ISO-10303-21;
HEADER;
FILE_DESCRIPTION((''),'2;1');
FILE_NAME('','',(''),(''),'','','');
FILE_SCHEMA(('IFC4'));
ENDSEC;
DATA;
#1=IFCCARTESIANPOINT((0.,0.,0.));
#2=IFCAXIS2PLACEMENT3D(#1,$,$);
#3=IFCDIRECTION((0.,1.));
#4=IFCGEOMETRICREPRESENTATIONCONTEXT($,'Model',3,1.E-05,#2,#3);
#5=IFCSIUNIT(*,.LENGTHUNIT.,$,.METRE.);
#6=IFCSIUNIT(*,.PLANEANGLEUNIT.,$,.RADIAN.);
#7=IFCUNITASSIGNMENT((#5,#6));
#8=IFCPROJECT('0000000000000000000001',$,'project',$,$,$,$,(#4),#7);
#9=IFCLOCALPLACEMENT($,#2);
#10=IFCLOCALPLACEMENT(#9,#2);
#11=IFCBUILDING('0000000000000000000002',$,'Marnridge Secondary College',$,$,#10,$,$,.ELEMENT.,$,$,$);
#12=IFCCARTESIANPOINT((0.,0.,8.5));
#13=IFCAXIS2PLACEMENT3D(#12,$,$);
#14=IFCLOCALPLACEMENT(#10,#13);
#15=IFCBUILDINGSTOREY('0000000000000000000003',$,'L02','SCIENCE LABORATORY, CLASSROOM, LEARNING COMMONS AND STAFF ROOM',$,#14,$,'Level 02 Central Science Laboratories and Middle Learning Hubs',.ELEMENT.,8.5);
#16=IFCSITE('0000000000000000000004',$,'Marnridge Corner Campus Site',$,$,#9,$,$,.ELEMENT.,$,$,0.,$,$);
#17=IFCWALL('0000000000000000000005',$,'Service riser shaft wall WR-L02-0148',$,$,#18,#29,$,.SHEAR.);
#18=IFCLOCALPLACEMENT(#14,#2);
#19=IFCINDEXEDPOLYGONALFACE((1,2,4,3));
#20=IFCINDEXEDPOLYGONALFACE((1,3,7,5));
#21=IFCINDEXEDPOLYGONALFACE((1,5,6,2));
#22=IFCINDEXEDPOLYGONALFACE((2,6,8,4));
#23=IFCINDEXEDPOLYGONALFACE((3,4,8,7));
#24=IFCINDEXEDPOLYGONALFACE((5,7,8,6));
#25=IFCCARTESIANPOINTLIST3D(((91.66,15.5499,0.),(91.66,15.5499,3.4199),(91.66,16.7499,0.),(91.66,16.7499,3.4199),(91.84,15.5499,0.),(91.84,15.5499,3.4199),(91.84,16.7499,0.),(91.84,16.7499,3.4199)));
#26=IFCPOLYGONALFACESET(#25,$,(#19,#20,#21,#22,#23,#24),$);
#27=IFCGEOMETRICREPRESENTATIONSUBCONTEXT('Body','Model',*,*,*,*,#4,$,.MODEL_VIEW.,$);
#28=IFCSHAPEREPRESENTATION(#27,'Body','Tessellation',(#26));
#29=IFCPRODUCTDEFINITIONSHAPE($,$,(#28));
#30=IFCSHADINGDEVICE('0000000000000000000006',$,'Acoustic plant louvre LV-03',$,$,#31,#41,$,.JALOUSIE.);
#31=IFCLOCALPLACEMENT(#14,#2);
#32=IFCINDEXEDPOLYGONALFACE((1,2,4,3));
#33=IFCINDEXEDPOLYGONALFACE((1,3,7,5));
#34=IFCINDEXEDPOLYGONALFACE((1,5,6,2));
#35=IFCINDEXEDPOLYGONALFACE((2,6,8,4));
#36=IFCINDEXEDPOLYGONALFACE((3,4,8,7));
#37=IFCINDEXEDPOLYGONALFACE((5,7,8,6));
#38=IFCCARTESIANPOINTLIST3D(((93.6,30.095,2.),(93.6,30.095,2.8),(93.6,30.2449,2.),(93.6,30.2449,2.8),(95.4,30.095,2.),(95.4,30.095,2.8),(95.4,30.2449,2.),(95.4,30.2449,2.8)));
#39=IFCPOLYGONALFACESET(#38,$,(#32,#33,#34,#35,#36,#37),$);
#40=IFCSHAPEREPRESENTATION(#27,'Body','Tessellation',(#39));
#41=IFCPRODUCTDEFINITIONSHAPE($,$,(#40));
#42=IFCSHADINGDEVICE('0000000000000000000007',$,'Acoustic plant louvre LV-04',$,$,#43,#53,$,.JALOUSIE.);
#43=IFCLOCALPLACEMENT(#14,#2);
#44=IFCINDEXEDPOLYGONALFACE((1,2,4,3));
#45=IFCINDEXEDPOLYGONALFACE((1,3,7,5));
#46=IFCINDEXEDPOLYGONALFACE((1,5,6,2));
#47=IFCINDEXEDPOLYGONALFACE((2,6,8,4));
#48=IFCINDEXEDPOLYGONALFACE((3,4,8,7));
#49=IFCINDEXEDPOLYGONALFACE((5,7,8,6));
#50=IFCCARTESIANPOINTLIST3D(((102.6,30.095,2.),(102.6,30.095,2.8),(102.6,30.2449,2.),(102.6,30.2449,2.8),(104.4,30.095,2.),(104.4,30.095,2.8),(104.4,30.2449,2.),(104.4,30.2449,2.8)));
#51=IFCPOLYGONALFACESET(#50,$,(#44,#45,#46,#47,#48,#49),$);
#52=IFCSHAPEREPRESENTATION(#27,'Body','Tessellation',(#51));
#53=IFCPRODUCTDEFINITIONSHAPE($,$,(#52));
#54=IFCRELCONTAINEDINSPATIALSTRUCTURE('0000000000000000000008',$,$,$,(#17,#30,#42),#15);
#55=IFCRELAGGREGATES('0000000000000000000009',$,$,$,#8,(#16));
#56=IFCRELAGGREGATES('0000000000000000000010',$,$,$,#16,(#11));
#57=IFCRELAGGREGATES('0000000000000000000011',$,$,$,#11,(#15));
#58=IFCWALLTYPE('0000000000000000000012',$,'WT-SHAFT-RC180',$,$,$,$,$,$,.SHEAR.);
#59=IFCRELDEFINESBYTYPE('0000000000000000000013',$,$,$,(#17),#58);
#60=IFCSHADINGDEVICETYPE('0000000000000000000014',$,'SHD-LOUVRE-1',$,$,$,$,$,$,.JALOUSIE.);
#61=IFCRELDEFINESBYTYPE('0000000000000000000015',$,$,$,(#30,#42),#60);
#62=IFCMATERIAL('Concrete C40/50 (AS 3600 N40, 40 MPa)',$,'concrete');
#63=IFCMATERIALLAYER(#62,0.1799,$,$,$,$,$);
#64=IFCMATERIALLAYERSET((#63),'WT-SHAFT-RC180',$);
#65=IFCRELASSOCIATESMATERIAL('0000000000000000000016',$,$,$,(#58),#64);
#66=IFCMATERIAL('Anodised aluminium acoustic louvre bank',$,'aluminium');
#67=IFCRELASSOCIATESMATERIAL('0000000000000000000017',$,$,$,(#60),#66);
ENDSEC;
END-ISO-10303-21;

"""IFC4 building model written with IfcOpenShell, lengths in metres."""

from ifc_helpers import new_model, si_unit, direction, frame, frame_2d, origin, origin_2d, place, context, subcontext, project, spatial, rectangle, extrude, material, layer, layer_set, type_object, element, save


model = new_model("IFC4")

# Units and contexts
model_context = context("Model", 3, precision=1e-05, world=origin(), true_north=direction((0.0, 1.0)))
body_context = subcontext(model_context, "Body", "Model", "MODEL_VIEW")
ifc_project = project(units=[si_unit("LENGTHUNIT", "METRE"), si_unit("PLANEANGLEUNIT", "RADIAN")], contexts=[model_context])

# Site, building, storey
site_placement = place(None, origin())
site = spatial("IfcSite", under=ifc_project, at=site_placement, Name="Marnridge Corner Campus Site", CompositionType="ELEMENT", RefElevation=0.0)
building_placement = place(site_placement, origin())
building = spatial("IfcBuilding", under=site, at=building_placement, Name="Marnridge Secondary College", CompositionType="ELEMENT")
storey_placement = place(building_placement, frame((0.0, 0.0, 8.5)))
storey = spatial("IfcBuildingStorey", under=building, at=storey_placement, Name="L02", Description="SCIENCE LABORATORY, CLASSROOM, LEARNING COMMONS AND STAFF ROOM", LongName="Level 02 Central Science Laboratories and Middle Learning Hubs", CompositionType="ELEMENT", Elevation=8.5)

# Wall
ifc_material_1 = material(Name="Concrete C40/50 (AS 3600 N40, 40 MPa)", Category="concrete")
ifc_layer_1 = layer(ifc_material_1, 0.1799)
ifc_layer_set_1 = layer_set([ifc_layer_1], Name="WT-SHAFT-RC180")
wall_type_1 = type_object("IfcWallType", Name="WT-SHAFT-RC180", PredefinedType="SHEAR", material=ifc_layer_set_1)
for number, where, z_axis, x_axis, name in (
    (1, (91.75, 16.75, 0.0), (0.0, 0.0, 1.0), (0.0, -1.0, 0.0), "Service riser shaft wall WR-L02-0148"),
):
    element("IfcWall", number, at=place(storey_placement, frame(where, z_axis=z_axis, x_axis=x_axis)), inside=storey, type_object=wall_type_1, Name=name, PredefinedType="SHEAR", context=body_context, shape_type="SweptSolid", body=[
        extrude(rectangle(XDim=1.2, YDim=0.1799, at=frame_2d((0.6001, 0.0))), origin(), (0.0, 0.0, 1.0), 3.4199),
    ])

# Shading devices
ifc_material_2 = material(Name="Anodised aluminium acoustic louvre bank", Category="aluminium")
shading_device_type = type_object("IfcShadingDeviceType", Name="SHD-LOUVRE-1", PredefinedType="JALOUSIE", material=ifc_material_2)
for number, where, z_axis, x_axis, name in (
    (2, (94.5, 30.1699, 2.0), (0.0, 0.0, 1.0), (1.0, 0.0, 0.0), "Acoustic plant louvre LV-03"),
    (3, (103.5, 30.1699, 2.0), (0.0, 0.0, 1.0), (1.0, 0.0, 0.0), "Acoustic plant louvre LV-04"),
):
    element("IfcShadingDevice", number, at=place(storey_placement, frame(where, z_axis=z_axis, x_axis=x_axis)), inside=storey, type_object=shading_device_type, Name=name, PredefinedType="JALOUSIE", context=body_context, shape_type="SweptSolid", body=[
        extrude(rectangle(XDim=1.8, YDim=0.1499, at=origin_2d()), origin(), (0.0, 0.0, 1.0), 0.8),
    ])

save(model, "model.ifc")
